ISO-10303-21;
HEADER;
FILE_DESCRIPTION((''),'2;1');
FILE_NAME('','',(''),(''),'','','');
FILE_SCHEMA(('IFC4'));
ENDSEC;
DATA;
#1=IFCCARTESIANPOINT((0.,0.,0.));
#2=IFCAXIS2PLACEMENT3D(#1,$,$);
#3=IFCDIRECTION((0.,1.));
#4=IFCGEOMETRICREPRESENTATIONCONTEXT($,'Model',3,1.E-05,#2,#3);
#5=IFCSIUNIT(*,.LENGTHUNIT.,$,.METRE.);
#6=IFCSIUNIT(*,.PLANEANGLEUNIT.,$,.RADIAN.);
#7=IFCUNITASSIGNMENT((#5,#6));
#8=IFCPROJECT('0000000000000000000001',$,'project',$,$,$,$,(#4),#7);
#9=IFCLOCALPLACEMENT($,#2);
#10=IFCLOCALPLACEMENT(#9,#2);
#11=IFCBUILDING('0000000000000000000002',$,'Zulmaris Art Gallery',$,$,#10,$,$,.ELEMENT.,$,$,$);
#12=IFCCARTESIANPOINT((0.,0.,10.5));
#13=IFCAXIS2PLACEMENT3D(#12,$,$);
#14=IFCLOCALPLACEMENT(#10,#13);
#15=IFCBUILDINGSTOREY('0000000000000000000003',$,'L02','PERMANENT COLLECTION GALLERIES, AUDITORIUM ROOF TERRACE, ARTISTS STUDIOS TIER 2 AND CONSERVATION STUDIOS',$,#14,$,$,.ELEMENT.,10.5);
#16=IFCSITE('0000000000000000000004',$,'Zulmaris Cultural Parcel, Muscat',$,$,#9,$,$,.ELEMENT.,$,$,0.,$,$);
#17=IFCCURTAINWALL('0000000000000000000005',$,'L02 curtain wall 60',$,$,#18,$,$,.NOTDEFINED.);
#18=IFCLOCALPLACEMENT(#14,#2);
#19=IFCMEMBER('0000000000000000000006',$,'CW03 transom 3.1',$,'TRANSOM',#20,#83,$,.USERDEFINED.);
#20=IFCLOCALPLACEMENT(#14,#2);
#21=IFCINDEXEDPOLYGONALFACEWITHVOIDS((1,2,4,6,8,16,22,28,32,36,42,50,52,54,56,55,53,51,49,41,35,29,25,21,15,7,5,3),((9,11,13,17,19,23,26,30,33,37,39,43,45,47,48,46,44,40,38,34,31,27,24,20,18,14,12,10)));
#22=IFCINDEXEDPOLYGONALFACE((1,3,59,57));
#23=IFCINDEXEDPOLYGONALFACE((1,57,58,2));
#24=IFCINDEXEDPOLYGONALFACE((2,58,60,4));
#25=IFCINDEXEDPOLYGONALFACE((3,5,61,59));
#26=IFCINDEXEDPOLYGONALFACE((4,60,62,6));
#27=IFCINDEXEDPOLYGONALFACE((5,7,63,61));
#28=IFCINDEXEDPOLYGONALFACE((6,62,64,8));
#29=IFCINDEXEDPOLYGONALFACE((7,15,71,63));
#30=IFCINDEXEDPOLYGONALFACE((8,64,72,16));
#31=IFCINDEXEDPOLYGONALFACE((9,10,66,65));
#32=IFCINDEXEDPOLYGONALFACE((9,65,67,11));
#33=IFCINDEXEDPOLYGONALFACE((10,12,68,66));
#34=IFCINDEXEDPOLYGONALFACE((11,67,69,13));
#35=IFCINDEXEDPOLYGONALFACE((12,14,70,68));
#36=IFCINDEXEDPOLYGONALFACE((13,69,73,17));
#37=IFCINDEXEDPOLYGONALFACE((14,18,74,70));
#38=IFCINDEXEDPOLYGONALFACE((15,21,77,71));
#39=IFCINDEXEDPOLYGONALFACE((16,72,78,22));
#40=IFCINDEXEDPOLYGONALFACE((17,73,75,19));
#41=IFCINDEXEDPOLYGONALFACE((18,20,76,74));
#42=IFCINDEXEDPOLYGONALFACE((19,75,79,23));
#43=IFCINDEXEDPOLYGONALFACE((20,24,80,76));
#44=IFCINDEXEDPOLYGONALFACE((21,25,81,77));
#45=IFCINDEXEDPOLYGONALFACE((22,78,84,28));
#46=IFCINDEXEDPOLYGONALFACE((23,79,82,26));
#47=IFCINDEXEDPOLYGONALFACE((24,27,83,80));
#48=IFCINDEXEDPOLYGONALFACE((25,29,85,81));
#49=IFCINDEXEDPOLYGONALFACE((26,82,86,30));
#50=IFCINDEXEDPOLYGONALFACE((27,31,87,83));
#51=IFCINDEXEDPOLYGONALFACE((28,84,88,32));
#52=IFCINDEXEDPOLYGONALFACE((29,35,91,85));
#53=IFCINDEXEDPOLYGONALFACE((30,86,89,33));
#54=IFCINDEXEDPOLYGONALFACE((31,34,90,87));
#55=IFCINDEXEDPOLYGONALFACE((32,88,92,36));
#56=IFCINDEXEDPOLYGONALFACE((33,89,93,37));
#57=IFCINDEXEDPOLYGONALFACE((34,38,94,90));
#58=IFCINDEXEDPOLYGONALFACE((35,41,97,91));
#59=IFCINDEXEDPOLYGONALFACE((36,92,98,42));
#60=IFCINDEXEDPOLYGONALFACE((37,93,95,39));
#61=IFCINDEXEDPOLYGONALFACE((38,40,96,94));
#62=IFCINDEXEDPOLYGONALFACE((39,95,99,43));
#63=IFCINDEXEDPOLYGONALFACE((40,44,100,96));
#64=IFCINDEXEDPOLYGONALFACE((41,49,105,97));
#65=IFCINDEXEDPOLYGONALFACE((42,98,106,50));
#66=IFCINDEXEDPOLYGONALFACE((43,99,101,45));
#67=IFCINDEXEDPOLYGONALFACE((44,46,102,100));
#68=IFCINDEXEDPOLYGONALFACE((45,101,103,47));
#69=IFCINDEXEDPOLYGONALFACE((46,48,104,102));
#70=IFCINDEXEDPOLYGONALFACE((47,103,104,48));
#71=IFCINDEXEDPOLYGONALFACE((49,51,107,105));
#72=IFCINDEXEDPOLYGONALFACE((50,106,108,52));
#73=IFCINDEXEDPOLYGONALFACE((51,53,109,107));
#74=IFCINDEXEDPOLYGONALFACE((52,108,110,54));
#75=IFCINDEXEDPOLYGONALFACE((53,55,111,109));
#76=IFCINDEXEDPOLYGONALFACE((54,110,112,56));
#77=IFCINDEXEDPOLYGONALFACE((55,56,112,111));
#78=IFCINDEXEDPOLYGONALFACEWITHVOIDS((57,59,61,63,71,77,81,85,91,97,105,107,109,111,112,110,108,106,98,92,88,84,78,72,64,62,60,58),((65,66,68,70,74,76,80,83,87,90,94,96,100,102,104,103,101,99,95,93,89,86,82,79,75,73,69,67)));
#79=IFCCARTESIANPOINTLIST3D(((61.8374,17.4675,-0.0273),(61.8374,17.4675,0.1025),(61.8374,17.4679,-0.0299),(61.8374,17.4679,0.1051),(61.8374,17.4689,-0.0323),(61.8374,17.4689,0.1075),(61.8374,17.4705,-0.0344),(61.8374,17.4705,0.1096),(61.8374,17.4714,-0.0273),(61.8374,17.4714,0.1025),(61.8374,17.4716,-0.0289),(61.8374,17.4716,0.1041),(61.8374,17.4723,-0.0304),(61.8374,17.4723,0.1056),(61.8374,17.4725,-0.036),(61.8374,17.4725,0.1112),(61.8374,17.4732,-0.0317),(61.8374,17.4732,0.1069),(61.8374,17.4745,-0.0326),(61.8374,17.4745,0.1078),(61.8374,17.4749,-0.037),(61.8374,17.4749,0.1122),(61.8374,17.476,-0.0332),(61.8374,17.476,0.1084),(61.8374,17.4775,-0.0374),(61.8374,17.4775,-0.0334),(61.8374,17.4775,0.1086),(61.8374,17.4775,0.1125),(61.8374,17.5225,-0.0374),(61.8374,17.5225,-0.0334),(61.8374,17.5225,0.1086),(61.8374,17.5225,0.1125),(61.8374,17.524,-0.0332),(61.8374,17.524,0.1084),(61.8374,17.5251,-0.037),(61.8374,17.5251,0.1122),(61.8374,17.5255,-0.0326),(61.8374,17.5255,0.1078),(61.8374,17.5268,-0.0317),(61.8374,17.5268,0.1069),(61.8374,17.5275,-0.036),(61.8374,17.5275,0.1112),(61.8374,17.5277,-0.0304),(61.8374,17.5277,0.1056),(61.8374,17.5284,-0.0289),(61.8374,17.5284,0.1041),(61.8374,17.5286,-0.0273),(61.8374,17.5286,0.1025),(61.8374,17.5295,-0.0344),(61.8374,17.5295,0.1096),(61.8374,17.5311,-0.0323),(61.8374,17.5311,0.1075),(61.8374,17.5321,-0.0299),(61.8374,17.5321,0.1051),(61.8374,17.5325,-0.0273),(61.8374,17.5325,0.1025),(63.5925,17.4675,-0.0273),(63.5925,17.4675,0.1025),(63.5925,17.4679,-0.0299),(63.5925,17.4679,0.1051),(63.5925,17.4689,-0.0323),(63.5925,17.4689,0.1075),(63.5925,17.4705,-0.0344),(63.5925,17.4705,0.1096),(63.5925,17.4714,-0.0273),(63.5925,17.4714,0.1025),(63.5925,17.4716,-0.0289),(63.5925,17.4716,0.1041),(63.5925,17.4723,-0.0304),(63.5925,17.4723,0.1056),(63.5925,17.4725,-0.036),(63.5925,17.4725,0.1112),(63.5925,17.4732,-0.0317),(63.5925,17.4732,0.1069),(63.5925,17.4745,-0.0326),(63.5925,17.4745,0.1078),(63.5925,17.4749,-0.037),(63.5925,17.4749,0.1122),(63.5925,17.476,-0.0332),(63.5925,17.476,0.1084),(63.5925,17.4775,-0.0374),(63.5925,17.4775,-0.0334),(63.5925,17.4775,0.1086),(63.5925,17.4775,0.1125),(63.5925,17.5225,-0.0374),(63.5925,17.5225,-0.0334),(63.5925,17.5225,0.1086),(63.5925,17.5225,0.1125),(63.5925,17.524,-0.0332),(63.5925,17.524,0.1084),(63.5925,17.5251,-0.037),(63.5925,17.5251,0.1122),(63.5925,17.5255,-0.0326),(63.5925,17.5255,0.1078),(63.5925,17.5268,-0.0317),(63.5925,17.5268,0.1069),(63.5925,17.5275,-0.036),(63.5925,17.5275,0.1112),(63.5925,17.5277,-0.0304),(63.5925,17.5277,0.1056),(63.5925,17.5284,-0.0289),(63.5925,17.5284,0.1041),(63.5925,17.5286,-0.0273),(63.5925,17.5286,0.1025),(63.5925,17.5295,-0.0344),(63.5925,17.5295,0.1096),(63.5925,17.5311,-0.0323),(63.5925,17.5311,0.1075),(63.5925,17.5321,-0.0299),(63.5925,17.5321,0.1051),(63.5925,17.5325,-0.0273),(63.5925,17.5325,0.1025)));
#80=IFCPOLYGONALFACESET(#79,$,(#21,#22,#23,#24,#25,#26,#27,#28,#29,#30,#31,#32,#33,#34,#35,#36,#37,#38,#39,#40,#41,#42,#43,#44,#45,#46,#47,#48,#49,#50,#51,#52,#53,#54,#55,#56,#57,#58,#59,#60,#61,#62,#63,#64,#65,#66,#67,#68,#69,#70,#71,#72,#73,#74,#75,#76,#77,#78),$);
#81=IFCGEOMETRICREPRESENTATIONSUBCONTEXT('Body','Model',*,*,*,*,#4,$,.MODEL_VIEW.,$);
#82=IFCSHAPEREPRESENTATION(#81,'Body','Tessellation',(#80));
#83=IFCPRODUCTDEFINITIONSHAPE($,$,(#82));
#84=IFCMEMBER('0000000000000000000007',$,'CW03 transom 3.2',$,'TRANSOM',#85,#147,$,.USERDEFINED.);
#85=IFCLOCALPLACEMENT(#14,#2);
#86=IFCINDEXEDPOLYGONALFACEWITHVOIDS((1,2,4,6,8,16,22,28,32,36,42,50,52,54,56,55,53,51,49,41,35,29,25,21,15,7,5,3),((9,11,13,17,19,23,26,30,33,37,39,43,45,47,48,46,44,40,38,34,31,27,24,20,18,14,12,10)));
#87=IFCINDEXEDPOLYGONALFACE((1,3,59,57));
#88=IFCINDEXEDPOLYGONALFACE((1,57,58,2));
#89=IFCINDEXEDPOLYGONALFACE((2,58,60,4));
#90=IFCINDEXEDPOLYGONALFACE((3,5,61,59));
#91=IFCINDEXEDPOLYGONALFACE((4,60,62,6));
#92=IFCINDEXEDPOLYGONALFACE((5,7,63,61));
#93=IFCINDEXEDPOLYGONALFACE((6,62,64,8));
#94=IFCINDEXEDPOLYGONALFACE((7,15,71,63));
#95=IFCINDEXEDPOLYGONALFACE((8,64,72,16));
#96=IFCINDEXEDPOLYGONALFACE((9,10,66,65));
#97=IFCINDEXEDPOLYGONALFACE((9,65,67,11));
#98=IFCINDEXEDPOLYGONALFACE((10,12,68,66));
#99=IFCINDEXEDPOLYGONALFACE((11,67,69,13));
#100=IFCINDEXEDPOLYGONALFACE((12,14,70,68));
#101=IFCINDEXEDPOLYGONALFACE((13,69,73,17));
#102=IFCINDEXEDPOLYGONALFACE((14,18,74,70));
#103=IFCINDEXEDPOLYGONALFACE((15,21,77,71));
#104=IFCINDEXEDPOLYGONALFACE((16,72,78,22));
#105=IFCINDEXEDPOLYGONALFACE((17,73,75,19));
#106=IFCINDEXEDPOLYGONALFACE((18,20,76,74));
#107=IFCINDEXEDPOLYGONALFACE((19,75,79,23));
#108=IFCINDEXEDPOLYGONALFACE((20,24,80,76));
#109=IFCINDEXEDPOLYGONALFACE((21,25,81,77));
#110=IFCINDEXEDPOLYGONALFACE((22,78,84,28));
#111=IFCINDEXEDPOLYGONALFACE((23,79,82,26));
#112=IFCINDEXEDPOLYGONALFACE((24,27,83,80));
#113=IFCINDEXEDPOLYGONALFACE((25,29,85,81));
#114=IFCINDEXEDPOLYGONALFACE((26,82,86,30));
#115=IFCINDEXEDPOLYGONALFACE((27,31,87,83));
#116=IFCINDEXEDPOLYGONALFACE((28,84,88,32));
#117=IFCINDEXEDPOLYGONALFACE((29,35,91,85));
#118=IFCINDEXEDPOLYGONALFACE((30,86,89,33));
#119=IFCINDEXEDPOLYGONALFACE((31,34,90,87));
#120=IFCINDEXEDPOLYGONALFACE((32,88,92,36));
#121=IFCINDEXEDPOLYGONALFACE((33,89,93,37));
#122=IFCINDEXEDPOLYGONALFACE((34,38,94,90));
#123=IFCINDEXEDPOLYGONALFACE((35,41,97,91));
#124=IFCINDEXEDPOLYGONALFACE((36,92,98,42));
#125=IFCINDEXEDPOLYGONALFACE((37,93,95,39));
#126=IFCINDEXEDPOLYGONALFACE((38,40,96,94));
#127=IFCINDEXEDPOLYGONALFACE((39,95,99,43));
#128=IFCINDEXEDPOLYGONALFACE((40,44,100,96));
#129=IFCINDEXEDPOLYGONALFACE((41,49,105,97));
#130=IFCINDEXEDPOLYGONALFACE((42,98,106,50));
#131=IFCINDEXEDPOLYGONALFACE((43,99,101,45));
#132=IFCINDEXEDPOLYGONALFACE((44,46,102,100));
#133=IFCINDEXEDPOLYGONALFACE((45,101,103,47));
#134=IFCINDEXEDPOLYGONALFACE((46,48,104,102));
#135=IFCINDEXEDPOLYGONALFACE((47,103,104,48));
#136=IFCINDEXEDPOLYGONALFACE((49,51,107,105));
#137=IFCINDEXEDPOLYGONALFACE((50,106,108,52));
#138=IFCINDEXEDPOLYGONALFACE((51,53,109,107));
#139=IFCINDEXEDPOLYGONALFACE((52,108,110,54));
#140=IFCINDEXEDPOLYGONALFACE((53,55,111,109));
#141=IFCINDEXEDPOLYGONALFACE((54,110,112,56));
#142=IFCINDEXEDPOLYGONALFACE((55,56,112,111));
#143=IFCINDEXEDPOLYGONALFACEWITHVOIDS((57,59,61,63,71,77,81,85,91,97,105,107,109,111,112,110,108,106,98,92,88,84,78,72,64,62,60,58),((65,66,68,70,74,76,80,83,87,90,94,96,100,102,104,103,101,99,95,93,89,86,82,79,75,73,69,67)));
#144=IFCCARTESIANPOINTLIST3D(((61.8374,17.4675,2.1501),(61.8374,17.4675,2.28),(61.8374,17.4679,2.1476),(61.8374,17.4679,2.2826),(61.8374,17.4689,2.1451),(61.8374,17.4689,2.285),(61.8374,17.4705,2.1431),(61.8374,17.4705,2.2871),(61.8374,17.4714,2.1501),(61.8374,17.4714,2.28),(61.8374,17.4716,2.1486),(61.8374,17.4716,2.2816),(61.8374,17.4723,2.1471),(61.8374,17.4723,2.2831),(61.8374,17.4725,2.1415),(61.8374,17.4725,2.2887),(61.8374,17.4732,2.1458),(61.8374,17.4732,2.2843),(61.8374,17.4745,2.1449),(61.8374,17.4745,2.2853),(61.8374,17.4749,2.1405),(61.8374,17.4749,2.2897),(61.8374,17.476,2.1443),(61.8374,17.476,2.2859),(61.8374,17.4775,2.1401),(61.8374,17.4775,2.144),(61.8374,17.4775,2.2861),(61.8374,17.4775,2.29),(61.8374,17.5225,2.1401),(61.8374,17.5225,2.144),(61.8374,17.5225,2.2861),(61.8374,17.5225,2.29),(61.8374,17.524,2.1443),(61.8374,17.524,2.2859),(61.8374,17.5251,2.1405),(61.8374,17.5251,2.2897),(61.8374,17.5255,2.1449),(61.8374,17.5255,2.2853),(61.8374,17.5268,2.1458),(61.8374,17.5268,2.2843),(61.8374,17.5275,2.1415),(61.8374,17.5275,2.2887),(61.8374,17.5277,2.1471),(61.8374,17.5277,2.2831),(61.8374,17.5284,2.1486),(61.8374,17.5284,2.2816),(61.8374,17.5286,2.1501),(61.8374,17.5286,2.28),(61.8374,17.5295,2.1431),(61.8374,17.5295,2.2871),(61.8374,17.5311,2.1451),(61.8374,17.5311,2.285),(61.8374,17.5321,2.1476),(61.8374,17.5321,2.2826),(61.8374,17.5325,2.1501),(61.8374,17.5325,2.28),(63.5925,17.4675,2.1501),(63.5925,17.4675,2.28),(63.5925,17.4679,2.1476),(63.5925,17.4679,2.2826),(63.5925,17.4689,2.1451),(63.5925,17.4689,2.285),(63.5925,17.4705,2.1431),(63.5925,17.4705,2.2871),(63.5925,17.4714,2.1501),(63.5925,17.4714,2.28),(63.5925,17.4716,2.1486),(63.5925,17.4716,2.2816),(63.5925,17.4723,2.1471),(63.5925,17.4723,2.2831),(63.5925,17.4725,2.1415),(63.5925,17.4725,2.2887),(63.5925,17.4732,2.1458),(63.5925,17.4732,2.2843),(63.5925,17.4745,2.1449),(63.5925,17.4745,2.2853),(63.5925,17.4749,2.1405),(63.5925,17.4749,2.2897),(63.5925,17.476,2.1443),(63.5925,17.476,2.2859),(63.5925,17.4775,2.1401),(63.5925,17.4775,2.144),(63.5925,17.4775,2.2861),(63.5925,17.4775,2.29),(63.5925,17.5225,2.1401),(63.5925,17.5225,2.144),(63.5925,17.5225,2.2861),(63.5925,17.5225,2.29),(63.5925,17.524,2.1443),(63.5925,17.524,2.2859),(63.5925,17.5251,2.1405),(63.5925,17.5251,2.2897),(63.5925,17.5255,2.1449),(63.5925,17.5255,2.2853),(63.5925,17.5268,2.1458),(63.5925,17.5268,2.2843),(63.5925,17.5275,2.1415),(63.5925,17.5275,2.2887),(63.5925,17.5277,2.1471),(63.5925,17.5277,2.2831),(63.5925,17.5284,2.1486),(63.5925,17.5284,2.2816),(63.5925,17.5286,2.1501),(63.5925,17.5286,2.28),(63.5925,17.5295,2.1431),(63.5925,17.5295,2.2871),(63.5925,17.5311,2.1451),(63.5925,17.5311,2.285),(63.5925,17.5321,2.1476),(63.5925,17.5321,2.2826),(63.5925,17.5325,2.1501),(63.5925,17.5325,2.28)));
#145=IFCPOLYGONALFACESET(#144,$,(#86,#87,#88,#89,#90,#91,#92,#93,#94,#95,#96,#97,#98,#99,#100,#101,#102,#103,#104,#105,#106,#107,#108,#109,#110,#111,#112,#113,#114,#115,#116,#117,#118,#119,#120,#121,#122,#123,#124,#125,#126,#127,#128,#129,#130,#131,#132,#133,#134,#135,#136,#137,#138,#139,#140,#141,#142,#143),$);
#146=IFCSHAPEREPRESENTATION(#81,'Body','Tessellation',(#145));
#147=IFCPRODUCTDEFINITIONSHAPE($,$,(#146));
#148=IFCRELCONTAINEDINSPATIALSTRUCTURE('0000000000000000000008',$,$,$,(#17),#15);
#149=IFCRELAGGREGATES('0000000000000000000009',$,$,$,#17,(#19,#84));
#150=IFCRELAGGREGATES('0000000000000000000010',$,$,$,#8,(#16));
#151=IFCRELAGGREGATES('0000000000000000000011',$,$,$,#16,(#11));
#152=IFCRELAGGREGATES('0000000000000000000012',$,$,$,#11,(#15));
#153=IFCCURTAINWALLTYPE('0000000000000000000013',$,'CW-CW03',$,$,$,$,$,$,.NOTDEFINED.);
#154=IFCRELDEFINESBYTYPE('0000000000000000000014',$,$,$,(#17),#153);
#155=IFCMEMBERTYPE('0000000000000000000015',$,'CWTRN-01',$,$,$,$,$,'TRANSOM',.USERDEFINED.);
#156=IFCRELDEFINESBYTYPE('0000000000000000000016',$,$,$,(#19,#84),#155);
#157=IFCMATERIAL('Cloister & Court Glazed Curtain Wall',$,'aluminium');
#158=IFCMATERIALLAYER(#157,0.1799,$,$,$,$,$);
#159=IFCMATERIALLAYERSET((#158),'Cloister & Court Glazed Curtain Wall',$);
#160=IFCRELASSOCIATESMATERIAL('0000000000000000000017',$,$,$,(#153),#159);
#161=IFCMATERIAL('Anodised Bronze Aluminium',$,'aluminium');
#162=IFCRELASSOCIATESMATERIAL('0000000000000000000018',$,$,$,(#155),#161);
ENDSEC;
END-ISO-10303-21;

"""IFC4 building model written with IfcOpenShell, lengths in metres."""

from ifc_helpers import new_model, si_unit, direction, frame, origin, origin_2d, place, context, subcontext, project, spatial, hollow_rectangle, extrude, material, layer, layer_set, material_profile, profile_set, type_object, element, aggregate, save


model = new_model("IFC4")

# Units and contexts
model_context = context("Model", 3, precision=1e-05, world=origin(), true_north=direction((0.0, 1.0)))
body_context = subcontext(model_context, "Body", "Model", "MODEL_VIEW")
ifc_project = project(units=[si_unit("LENGTHUNIT", "METRE"), si_unit("PLANEANGLEUNIT", "RADIAN")], contexts=[model_context])

# Site, building, storey
site_placement = place(None, origin())
site = spatial("IfcSite", under=ifc_project, at=site_placement, Name="Zulmaris Cultural Parcel, Muscat", CompositionType="ELEMENT", RefElevation=0.0)
building_placement = place(site_placement, origin())
building = spatial("IfcBuilding", under=site, at=building_placement, Name="Zulmaris Art Gallery", CompositionType="ELEMENT")
storey_placement = place(building_placement, frame((0.0, 0.0, 10.5)))
storey = spatial("IfcBuildingStorey", under=building, at=storey_placement, Name="L02", Description="PERMANENT COLLECTION GALLERIES, AUDITORIUM ROOF TERRACE, ARTISTS STUDIOS TIER 2 AND CONSERVATION STUDIOS", CompositionType="ELEMENT", Elevation=10.5)

# Shared definitions
ifc_material_1 = material(Name="Cloister & Court Glazed Curtain Wall", Category="aluminium")
ifc_layer_1 = layer(ifc_material_1, 0.1799)
ifc_layer_set_1 = layer_set([ifc_layer_1], Name="Cloister & Court Glazed Curtain Wall")
curtain_wall_type = type_object("IfcCurtainWallType", Name="CW-CW03", PredefinedType="NOTDEFINED", material=ifc_layer_set_1)
ifc_material_2 = material(Name="Anodised Bronze Aluminium", Category="aluminium")

# Curtain wall, members
curtain_wall_1_placement = place(storey_placement, origin())
curtain_wall_1 = element("IfcCurtainWall", 1, at=curtain_wall_1_placement, inside=storey, type_object=curtain_wall_type, Name="L02 curtain wall 60", PredefinedType="NOTDEFINED")
ifc_material_profile_1 = material_profile(ifc_material_2, hollow_rectangle(XDim=0.0649, YDim=0.1499, WallThickness=0.0039, InnerFilletRadius=0.0061, OuterFilletRadius=0.01, at=origin_2d()), Name="ALU 65x150x4")
ifc_profile_set_1 = profile_set([ifc_material_profile_1], Name="Anodised Bronze Aluminium")
member_type_1 = type_object("IfcMemberType", Name="CWTRN-01", ElementType="TRANSOM", PredefinedType="USERDEFINED", material=ifc_profile_set_1)
member_1_placement = place(storey_placement, frame((61.8374, 17.5, 0.0376), z_axis=(1.0, 0.0, 0.0), x_axis=(0.0, 1.0, 0.0)))
member_1 = element("IfcMember", 2, at=member_1_placement, type_object=member_type_1, Name="CW03 transom 3.1", ObjectType="TRANSOM", PredefinedType="USERDEFINED", context=body_context, shape_type="SweptSolid", body=[
    extrude(hollow_rectangle(XDim=0.0649, YDim=0.1499, WallThickness=0.0039, InnerFilletRadius=0.0061, OuterFilletRadius=0.01, at=origin_2d()), origin(), (0.0, 0.0, 1.0), 1.7551),
])
member_2_placement = place(storey_placement, frame((61.8374, 17.5, 2.2151), z_axis=(1.0, 0.0, 0.0), x_axis=(0.0, 1.0, 0.0)))
member_2 = element("IfcMember", 3, at=member_2_placement, type_object=member_type_1, Name="CW03 transom 3.2", ObjectType="TRANSOM", PredefinedType="USERDEFINED", context=body_context, shape_type="SweptSolid", body=[
    extrude(hollow_rectangle(XDim=0.0649, YDim=0.1499, WallThickness=0.0039, InnerFilletRadius=0.0061, OuterFilletRadius=0.01, at=origin_2d()), origin(), (0.0, 0.0, 1.0), 1.7551),
])
aggregate(curtain_wall_1, [member_1, member_2])

save(model, "model.ifc")
